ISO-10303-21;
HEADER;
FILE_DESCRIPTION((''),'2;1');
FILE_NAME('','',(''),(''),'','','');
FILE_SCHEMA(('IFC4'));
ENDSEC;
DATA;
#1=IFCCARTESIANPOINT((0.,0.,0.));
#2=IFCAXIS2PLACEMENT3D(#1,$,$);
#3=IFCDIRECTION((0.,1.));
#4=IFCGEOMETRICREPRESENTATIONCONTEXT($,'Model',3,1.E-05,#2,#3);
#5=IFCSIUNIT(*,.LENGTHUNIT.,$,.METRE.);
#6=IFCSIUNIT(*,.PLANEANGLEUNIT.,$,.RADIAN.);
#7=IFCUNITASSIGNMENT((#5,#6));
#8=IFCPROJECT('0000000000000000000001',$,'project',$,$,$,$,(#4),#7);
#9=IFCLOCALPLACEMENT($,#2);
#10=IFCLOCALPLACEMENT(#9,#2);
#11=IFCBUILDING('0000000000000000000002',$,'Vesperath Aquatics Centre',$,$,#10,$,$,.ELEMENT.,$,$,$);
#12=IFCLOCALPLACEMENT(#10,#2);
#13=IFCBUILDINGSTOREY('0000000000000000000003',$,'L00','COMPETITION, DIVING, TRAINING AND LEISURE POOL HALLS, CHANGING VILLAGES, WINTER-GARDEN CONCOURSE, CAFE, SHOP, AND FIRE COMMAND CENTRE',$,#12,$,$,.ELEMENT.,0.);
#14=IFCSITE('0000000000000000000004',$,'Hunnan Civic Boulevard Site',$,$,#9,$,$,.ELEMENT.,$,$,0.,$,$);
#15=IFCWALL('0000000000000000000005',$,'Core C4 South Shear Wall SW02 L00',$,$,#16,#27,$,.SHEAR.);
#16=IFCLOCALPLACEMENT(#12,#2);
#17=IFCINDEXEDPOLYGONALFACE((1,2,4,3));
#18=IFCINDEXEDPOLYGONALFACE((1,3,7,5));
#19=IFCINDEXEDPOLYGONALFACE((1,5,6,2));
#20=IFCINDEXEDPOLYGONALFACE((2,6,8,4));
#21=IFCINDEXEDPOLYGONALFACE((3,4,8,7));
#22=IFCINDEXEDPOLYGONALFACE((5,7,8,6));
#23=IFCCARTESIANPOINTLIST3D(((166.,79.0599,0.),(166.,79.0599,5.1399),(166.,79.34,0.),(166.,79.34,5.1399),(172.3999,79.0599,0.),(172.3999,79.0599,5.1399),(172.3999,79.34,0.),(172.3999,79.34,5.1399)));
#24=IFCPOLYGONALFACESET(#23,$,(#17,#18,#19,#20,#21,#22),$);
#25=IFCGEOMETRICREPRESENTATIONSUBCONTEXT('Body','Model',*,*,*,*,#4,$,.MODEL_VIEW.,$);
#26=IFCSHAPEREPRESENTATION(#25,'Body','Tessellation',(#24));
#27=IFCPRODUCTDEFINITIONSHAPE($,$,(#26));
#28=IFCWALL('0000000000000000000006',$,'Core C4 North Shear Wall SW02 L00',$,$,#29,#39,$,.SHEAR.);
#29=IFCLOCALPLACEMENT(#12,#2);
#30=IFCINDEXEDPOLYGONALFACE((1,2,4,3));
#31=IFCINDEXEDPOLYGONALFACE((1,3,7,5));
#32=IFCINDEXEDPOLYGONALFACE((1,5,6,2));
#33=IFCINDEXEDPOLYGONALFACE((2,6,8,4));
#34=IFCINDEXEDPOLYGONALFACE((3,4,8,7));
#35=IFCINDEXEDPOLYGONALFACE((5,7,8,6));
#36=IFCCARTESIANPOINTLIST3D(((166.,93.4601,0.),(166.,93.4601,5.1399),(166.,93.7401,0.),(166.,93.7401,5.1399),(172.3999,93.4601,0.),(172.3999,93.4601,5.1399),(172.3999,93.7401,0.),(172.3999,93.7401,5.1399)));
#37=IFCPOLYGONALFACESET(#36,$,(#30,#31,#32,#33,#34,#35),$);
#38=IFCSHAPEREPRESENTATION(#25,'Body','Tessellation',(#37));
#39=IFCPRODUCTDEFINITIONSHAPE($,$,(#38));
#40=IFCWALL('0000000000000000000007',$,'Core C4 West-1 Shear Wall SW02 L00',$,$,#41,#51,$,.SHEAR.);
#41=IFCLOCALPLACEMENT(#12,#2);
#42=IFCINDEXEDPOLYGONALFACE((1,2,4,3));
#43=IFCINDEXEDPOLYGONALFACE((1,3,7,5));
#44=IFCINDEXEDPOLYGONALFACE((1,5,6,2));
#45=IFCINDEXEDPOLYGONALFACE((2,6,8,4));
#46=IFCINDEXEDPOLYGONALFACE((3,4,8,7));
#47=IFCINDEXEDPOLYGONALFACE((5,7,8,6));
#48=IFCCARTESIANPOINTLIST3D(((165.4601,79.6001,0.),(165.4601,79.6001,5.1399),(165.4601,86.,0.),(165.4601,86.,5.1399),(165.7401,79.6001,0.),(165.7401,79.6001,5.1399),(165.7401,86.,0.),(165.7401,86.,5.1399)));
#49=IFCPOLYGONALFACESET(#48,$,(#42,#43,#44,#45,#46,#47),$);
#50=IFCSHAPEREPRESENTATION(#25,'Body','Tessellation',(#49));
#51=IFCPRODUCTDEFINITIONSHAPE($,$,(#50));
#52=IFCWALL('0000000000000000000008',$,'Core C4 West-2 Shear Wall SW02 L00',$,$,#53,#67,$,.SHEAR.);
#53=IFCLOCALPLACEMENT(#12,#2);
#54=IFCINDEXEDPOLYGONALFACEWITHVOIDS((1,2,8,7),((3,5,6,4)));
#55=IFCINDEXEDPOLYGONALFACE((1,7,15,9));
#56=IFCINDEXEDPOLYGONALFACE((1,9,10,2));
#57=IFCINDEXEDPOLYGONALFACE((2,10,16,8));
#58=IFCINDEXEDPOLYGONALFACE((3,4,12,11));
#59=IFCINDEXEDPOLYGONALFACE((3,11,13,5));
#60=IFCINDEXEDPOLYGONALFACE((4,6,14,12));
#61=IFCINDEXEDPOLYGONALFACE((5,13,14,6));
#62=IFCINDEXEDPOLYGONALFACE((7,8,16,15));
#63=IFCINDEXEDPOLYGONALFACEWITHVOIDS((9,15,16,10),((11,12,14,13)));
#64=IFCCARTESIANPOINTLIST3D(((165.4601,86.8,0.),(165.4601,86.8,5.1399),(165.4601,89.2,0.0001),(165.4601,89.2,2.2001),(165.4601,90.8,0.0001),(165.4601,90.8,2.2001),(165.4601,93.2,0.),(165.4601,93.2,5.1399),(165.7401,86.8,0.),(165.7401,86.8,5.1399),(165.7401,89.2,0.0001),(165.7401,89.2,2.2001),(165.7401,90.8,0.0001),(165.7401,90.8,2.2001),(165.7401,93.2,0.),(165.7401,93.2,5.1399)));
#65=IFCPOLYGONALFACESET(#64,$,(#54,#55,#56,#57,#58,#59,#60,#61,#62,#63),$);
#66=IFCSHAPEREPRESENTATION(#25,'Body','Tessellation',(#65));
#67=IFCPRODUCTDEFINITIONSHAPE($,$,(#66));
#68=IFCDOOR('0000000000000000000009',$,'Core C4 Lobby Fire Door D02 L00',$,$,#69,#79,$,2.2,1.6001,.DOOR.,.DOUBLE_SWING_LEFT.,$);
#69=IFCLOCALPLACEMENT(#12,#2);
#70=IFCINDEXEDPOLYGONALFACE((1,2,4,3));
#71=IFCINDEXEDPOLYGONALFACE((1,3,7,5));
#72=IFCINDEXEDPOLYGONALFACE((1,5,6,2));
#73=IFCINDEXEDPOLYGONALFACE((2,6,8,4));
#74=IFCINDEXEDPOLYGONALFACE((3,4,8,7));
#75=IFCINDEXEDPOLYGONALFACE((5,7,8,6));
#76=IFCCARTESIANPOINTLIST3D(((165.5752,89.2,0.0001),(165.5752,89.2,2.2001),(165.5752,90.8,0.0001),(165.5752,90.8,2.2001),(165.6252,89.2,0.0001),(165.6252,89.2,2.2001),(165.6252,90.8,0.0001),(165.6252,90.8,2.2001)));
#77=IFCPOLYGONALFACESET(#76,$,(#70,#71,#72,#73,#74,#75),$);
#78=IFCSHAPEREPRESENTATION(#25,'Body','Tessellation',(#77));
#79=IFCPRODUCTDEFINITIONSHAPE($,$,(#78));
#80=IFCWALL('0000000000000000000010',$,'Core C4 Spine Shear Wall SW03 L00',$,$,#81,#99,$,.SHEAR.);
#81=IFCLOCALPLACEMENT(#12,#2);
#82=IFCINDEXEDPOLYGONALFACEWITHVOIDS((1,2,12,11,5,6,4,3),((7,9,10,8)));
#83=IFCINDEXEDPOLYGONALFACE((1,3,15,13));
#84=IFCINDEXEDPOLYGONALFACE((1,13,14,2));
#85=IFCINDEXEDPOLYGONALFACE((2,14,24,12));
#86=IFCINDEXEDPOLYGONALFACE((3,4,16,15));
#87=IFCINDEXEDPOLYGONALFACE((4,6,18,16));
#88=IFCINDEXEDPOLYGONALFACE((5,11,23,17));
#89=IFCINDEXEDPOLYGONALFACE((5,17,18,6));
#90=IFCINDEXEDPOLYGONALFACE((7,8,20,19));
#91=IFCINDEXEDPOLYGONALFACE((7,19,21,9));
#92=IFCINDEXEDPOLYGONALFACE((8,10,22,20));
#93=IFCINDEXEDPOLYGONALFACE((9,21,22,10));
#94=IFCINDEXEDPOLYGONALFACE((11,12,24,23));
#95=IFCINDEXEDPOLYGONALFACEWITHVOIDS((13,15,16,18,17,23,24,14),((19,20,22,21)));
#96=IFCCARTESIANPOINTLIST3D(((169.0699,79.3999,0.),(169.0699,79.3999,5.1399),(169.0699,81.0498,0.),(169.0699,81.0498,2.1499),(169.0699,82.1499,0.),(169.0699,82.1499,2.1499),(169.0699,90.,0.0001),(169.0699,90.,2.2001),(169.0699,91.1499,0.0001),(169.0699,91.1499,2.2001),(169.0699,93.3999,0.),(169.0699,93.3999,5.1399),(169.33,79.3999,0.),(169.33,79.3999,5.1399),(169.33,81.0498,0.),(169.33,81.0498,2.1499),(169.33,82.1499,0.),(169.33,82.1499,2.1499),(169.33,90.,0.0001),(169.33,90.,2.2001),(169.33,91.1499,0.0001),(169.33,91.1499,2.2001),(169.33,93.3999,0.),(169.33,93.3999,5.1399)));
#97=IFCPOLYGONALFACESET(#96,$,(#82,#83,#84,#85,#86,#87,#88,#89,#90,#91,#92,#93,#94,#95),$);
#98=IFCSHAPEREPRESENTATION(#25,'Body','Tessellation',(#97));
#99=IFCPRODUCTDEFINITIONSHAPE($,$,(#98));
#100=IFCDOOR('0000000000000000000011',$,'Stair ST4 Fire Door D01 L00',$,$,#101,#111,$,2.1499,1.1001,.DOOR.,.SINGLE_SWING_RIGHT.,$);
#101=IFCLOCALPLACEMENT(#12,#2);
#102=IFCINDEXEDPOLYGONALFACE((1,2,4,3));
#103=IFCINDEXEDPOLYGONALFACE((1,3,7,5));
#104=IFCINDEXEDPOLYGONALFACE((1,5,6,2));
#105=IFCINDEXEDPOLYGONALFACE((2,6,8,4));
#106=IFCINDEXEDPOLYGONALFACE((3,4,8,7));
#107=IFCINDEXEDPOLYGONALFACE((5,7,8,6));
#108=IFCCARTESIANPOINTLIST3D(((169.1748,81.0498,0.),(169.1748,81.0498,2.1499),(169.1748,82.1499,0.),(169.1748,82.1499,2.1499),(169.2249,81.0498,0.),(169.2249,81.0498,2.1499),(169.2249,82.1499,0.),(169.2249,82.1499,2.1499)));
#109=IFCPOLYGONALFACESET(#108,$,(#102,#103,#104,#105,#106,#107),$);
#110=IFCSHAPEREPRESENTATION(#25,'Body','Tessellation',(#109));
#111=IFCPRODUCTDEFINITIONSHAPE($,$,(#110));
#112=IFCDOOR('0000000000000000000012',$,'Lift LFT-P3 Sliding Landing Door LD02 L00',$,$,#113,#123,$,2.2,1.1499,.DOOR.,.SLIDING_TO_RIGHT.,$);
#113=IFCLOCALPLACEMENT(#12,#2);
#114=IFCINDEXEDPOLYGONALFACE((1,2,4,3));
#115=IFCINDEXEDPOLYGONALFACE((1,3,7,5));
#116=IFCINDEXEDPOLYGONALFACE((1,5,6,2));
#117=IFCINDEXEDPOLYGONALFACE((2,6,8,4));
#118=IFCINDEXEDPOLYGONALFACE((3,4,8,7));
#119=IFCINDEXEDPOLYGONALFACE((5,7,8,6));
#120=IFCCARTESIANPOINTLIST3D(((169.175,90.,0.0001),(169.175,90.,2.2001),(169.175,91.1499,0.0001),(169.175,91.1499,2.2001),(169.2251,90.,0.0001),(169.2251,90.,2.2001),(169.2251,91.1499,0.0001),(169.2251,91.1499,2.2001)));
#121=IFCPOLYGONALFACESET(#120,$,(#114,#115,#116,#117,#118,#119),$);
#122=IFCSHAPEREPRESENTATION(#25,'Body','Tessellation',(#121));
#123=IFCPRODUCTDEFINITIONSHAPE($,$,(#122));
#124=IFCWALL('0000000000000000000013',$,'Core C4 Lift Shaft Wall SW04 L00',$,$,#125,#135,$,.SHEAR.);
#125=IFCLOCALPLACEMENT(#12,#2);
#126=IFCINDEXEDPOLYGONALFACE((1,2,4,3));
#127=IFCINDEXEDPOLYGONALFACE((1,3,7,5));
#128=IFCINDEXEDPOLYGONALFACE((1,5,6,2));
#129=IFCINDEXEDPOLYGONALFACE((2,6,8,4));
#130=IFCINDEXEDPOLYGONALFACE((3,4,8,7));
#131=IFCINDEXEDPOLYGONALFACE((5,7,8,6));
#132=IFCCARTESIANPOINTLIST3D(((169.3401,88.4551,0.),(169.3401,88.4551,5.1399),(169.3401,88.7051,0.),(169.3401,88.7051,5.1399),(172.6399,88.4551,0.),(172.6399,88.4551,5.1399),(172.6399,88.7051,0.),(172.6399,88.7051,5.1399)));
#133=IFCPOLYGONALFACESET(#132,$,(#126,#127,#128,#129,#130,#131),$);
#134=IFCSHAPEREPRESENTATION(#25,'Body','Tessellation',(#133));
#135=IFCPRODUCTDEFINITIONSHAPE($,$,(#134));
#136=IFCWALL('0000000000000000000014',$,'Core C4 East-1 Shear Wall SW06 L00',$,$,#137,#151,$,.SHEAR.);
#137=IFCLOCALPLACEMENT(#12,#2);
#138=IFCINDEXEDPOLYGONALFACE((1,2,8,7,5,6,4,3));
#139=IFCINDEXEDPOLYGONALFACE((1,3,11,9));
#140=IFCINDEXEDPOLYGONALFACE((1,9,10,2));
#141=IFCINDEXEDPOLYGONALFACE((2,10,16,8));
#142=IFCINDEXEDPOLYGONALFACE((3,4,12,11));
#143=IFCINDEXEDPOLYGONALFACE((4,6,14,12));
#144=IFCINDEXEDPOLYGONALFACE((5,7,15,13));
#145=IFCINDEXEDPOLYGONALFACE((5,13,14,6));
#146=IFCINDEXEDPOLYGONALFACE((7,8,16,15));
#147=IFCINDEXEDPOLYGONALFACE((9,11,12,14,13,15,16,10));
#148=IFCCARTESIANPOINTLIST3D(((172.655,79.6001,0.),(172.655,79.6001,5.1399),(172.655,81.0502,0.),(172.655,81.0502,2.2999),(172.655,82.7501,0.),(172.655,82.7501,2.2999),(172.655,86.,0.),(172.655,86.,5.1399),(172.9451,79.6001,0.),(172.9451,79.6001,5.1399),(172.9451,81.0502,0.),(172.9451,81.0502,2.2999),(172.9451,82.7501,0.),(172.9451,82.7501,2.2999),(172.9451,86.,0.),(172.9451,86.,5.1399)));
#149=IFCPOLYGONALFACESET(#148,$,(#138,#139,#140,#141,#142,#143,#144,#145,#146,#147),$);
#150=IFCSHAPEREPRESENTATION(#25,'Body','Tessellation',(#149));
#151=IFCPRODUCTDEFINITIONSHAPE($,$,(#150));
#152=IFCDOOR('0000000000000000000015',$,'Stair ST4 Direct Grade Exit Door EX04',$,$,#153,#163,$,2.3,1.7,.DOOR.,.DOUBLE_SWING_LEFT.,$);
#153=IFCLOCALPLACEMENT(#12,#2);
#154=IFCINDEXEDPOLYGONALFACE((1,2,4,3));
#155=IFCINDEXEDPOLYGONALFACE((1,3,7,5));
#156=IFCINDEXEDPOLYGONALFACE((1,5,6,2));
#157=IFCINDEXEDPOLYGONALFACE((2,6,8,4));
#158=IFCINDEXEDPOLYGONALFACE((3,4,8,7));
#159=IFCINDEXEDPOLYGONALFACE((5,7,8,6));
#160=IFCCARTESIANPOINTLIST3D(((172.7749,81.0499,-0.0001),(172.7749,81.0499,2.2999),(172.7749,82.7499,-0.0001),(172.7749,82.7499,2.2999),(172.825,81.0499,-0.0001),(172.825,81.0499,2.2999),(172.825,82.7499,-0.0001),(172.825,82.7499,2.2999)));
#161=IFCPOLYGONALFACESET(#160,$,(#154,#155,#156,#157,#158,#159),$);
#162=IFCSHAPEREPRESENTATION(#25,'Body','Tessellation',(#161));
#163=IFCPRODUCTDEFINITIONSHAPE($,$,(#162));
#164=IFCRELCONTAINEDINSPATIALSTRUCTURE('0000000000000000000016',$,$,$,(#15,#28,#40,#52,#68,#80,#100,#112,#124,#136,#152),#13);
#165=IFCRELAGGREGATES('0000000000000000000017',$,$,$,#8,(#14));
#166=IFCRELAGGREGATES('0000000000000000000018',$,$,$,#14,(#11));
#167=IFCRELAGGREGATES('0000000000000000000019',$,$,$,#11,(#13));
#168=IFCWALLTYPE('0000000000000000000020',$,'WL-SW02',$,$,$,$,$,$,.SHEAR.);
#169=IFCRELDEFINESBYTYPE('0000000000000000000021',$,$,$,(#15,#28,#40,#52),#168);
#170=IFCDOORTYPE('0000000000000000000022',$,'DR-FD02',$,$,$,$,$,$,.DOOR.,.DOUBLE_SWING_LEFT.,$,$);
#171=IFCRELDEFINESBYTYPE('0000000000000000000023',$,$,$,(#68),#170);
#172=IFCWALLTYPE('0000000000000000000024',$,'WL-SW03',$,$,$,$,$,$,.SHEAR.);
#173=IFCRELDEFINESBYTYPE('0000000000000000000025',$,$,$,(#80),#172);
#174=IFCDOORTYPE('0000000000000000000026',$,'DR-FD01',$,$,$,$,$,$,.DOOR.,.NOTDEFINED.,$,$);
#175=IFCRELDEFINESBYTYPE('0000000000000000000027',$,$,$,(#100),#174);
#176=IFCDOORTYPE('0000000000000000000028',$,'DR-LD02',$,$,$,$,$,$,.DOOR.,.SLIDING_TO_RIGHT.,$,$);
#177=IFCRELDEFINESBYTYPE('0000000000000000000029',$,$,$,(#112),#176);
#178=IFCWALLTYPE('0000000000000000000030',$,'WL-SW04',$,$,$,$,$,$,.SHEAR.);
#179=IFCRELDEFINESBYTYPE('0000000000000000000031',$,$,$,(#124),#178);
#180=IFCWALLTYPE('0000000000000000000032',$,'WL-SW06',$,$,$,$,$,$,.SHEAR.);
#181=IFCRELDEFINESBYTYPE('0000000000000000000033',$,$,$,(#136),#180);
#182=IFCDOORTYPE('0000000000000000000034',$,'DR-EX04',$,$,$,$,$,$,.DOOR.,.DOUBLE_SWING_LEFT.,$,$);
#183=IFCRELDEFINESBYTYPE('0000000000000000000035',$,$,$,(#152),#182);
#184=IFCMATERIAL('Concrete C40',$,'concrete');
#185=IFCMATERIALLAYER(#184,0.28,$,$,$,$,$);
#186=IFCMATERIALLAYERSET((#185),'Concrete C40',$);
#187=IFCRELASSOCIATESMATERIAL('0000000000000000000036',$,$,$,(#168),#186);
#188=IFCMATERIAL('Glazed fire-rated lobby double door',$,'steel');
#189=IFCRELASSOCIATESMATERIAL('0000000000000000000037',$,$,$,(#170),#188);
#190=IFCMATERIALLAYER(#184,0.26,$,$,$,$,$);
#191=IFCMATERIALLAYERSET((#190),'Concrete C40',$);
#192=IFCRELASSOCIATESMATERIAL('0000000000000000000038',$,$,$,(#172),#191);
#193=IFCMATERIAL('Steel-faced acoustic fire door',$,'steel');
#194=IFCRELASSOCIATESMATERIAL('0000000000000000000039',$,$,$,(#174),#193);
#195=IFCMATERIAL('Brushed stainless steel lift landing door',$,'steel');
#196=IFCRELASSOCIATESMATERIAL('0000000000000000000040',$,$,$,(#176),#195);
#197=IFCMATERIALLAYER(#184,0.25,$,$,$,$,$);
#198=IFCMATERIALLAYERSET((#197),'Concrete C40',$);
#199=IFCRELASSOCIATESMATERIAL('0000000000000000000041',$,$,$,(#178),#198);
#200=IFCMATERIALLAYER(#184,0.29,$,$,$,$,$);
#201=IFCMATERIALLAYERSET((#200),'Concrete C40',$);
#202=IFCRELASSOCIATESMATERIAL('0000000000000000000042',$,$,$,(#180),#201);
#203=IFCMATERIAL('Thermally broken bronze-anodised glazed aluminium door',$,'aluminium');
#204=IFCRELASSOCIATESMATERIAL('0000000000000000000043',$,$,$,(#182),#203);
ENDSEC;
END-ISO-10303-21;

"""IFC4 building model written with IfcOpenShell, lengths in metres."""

from ifc_helpers import new_model, si_unit, direction, frame, frame_2d, origin, place, context, subcontext, project, spatial, rectangle, extrude, material, layer, layer_set, type_object, element, fill, save


model = new_model("IFC4")

# Units and contexts
model_context = context("Model", 3, precision=1e-05, world=origin(), true_north=direction((0.0, 1.0)))
body_context = subcontext(model_context, "Body", "Model", "MODEL_VIEW")
ifc_project = project(units=[si_unit("LENGTHUNIT", "METRE"), si_unit("PLANEANGLEUNIT", "RADIAN")], contexts=[model_context])

# Site, building, storey
site_placement = place(None, origin())
site = spatial("IfcSite", under=ifc_project, at=site_placement, Name="Hunnan Civic Boulevard Site", CompositionType="ELEMENT", RefElevation=0.0)
building_placement = place(site_placement, origin())
building = spatial("IfcBuilding", under=site, at=building_placement, Name="Vesperath Aquatics Centre", CompositionType="ELEMENT")
storey_placement = place(building_placement, origin())
storey = spatial("IfcBuildingStorey", under=building, at=storey_placement, Name="L00", Description="COMPETITION, DIVING, TRAINING AND LEISURE POOL HALLS, CHANGING VILLAGES, WINTER-GARDEN CONCOURSE, CAFE, SHOP, AND FIRE COMMAND CENTRE", CompositionType="ELEMENT", Elevation=0.0)

# Shared definitions
ifc_material_1 = material(Name="Concrete C40", Category="concrete")

# Walls
ifc_layer_1 = layer(ifc_material_1, 0.28)
ifc_layer_set_1 = layer_set([ifc_layer_1], Name="Concrete C40")
wall_type_1 = type_object("IfcWallType", Name="WL-SW02", PredefinedType="SHEAR", material=ifc_layer_set_1)
for number, where, z_axis, x_axis, name in (
    (1, (166.0, 79.2, 0.0), (0.0, 0.0, 1.0), (1.0, 0.0, 0.0), "Core C4 South Shear Wall SW02 L00"),
    (2, (166.0, 93.6001, 0.0), (0.0, 0.0, 1.0), (1.0, 0.0, 0.0), "Core C4 North Shear Wall SW02 L00"),
    (3, (165.6001, 79.6001, 0.0), (0.0, 0.0, 1.0), (0.0, 1.0, 0.0), "Core C4 West-1 Shear Wall SW02 L00"),
):
    element("IfcWall", number, at=place(storey_placement, frame(where, z_axis=z_axis, x_axis=x_axis)), inside=storey, type_object=wall_type_1, Name=name, PredefinedType="SHEAR", context=body_context, shape_type="SweptSolid", body=[
        extrude(rectangle(XDim=6.3999, YDim=0.28, at=frame_2d((3.2, 0.0))), origin(), (0.0, 0.0, 1.0), 5.1399),
    ])

# Wall, opening, door
wall_1_placement = place(storey_placement, frame((165.6001, 86.8, 0.0), z_axis=(0.0, 0.0, 1.0), x_axis=(0.0, 1.0, 0.0)))
wall_1 = element("IfcWall", 4, at=wall_1_placement, inside=storey, type_object=wall_type_1, Name="Core C4 West-2 Shear Wall SW02 L00", PredefinedType="SHEAR", context=body_context, shape_type="SweptSolid", body=[
    extrude(rectangle(XDim=6.3999, YDim=0.28, at=frame_2d((3.2, 0.0))), origin(), (0.0, 0.0, 1.0), 5.1399),
])
opening_1_placement = place(wall_1_placement, frame((2.3999, 0.0, 0.0)))
opening_1 = element("IfcOpeningElement", 5, at=opening_1_placement, cuts=wall_1, PredefinedType="OPENING", context=body_context, shape_type="SweptSolid", body=[
    extrude(rectangle(XDim=1.6001, YDim=2.2, at=frame_2d((0.8, 1.1001))), frame((0.0, 0.1548, 0.0), z_axis=(0.0, -1.0, 0.0), x_axis=(1.0, 0.0, 0.0)), (0.0, 0.0, 1.0), 0.3098),
])
ifc_material_2 = material(Name="Glazed fire-rated lobby double door", Category="steel")
door_type_1 = type_object("IfcDoorType", Name="DR-FD02", OperationType="DOUBLE_SWING_LEFT", PredefinedType="DOOR", material=ifc_material_2)
door_1_placement = place(opening_1_placement, origin())
door_1 = element("IfcDoor", 6, at=door_1_placement, inside=storey, type_object=door_type_1, Name="Core C4 Lobby Fire Door D02 L00", OperationType="DOUBLE_SWING_LEFT", OverallHeight=2.2, OverallWidth=1.6001, PredefinedType="DOOR", context=body_context, shape_type="SweptSolid", body=[
    extrude(rectangle(XDim=1.6001, YDim=2.2, at=frame_2d((0.8, 1.1001))), frame((0.0, 0.0249, 0.0), z_axis=(0.0, -1.0, 0.0), x_axis=(1.0, 0.0, 0.0)), (0.0, 0.0, 1.0), 0.05),
])
fill(opening_1, door_1)

# Wall, openings, doors
ifc_layer_2 = layer(ifc_material_1, 0.26)
ifc_layer_set_2 = layer_set([ifc_layer_2], Name="Concrete C40")
wall_type_2 = type_object("IfcWallType", Name="WL-SW03", PredefinedType="SHEAR", material=ifc_layer_set_2)
wall_2_placement = place(storey_placement, frame((169.2, 79.3999, 0.0), z_axis=(0.0, 0.0, 1.0), x_axis=(0.0, 1.0, 0.0)))
wall_2 = element("IfcWall", 7, at=wall_2_placement, inside=storey, type_object=wall_type_2, Name="Core C4 Spine Shear Wall SW03 L00", PredefinedType="SHEAR", context=body_context, shape_type="SweptSolid", body=[
    extrude(rectangle(XDim=14.0, YDim=0.26, at=frame_2d((7.0, 0.0))), origin(), (0.0, 0.0, 1.0), 5.1399),
])
opening_2_placement = place(wall_2_placement, frame((1.6499, 0.0, 0.0)))
opening_2 = element("IfcOpeningElement", 8, at=opening_2_placement, cuts=wall_2, PredefinedType="OPENING", context=body_context, shape_type="SweptSolid", body=[
    extrude(rectangle(XDim=1.1001, YDim=2.1499, at=frame_2d((0.55, 1.075))), frame((0.0, 0.145, 0.0), z_axis=(0.0, -1.0, 0.0), x_axis=(1.0, 0.0, 0.0)), (0.0, 0.0, 1.0), 0.2898),
])
opening_3_placement = place(wall_2_placement, frame((10.6001, 0.0, 0.0)))
opening_3 = element("IfcOpeningElement", 9, at=opening_3_placement, cuts=wall_2, PredefinedType="OPENING", context=body_context, shape_type="SweptSolid", body=[
    extrude(rectangle(XDim=1.1499, YDim=2.2, at=frame_2d((0.575, 1.1001))), frame((0.0, 0.145, 0.0), z_axis=(0.0, -1.0, 0.0), x_axis=(1.0, 0.0, 0.0)), (0.0, 0.0, 1.0), 0.2898),
])
ifc_material_3 = material(Name="Steel-faced acoustic fire door", Category="steel")
door_type_2 = type_object("IfcDoorType", Name="DR-FD01", OperationType="NOTDEFINED", PredefinedType="DOOR", material=ifc_material_3)
door_2_placement = place(opening_2_placement, frame((1.1001, 0.0, 0.0), z_axis=(0.0, 0.0, 1.0), x_axis=(-1.0, 0.0, 0.0)))
door_2 = element("IfcDoor", 10, at=door_2_placement, inside=storey, type_object=door_type_2, Name="Stair ST4 Fire Door D01 L00", OperationType="SINGLE_SWING_RIGHT", OverallHeight=2.1499, OverallWidth=1.1001, PredefinedType="DOOR", context=body_context, shape_type="SweptSolid", body=[
    extrude(rectangle(XDim=1.1001, YDim=2.1499, at=frame_2d((0.55, 1.075))), frame((0.0, 0.0249, 0.0), z_axis=(0.0, -1.0, 0.0), x_axis=(1.0, 0.0, 0.0)), (0.0, 0.0, 1.0), 0.05),
])
fill(opening_2, door_2)
ifc_material_4 = material(Name="Brushed stainless steel lift landing door", Category="steel")
door_type_3 = type_object("IfcDoorType", Name="DR-LD02", OperationType="SLIDING_TO_RIGHT", PredefinedType="DOOR", material=ifc_material_4)
door_3_placement = place(opening_3_placement, origin())
door_3 = element("IfcDoor", 11, at=door_3_placement, inside=storey, type_object=door_type_3, Name="Lift LFT-P3 Sliding Landing Door LD02 L00", OperationType="SLIDING_TO_RIGHT", OverallHeight=2.2, OverallWidth=1.1499, PredefinedType="DOOR", context=body_context, shape_type="SweptSolid", body=[
    extrude(rectangle(XDim=1.1499, YDim=2.2, at=frame_2d((0.575, 1.1001))), frame((0.0, 0.0249, 0.0), z_axis=(0.0, -1.0, 0.0), x_axis=(1.0, 0.0, 0.0)), (0.0, 0.0, 1.0), 0.05),
])
fill(opening_3, door_3)

# Wall
ifc_layer_3 = layer(ifc_material_1, 0.25)
ifc_layer_set_3 = layer_set([ifc_layer_3], Name="Concrete C40")
wall_type_3 = type_object("IfcWallType", Name="WL-SW04", PredefinedType="SHEAR", material=ifc_layer_set_3)
wall_3_placement = place(storey_placement, frame((169.3401, 88.5801, 0.0), z_axis=(0.0, 0.0, 1.0), x_axis=(1.0, 0.0, 0.0)))
element("IfcWall", 12, at=wall_3_placement, inside=storey, type_object=wall_type_3, Name="Core C4 Lift Shaft Wall SW04 L00", PredefinedType="SHEAR", context=body_context, shape_type="SweptSolid", body=[
    extrude(rectangle(XDim=3.2998, YDim=0.25, at=frame_2d((1.6499, 0.0))), origin(), (0.0, 0.0, 1.0), 5.1399),
])

# Wall, opening, door
ifc_layer_4 = layer(ifc_material_1, 0.29)
ifc_layer_set_4 = layer_set([ifc_layer_4], Name="Concrete C40")
wall_type_4 = type_object("IfcWallType", Name="WL-SW06", PredefinedType="SHEAR", material=ifc_layer_set_4)
wall_4_placement = place(storey_placement, frame((172.8, 79.6001, 0.0), z_axis=(0.0, 0.0, 1.0), x_axis=(0.0, 1.0, 0.0)))
wall_4 = element("IfcWall", 13, at=wall_4_placement, inside=storey, type_object=wall_type_4, Name="Core C4 East-1 Shear Wall SW06 L00", PredefinedType="SHEAR", context=body_context, shape_type="SweptSolid", body=[
    extrude(rectangle(XDim=6.3999, YDim=0.29, at=frame_2d((3.2, 0.0))), origin(), (0.0, 0.0, 1.0), 5.1399),
])
opening_4_placement = place(wall_4_placement, frame((1.45, 0.0, 0.0)))
opening_4 = element("IfcOpeningElement", 14, at=opening_4_placement, cuts=wall_4, PredefinedType="OPENING", context=body_context, shape_type="SweptSolid", body=[
    extrude(rectangle(XDim=1.7, YDim=2.3, at=frame_2d((0.8501, 1.1499))), frame((0.0, 0.1599, 0.0), z_axis=(0.0, -1.0, 0.0), x_axis=(1.0, 0.0, 0.0)), (0.0, 0.0, 1.0), 0.3198),
])
ifc_material_5 = material(Name="Thermally broken bronze-anodised glazed aluminium door", Category="aluminium")
door_type_4 = type_object("IfcDoorType", Name="DR-EX04", OperationType="DOUBLE_SWING_LEFT", PredefinedType="DOOR", material=ifc_material_5)
door_4_placement = place(opening_4_placement, frame((1.7, 0.0, 0.0), z_axis=(0.0, 0.0, 1.0), x_axis=(-1.0, 0.0, 0.0)))
door_4 = element("IfcDoor", 15, at=door_4_placement, inside=storey, type_object=door_type_4, Name="Stair ST4 Direct Grade Exit Door EX04", OperationType="DOUBLE_SWING_LEFT", OverallHeight=2.3, OverallWidth=1.7, PredefinedType="DOOR", context=body_context, shape_type="SweptSolid", body=[
    extrude(rectangle(XDim=1.7, YDim=2.3, at=frame_2d((0.8501, 1.1499))), frame((0.0, 0.0249, 0.0), z_axis=(0.0, -1.0, 0.0), x_axis=(1.0, 0.0, 0.0)), (0.0, 0.0, 1.0), 0.05),
])
fill(opening_4, door_4)

save(model, "model.ifc")
